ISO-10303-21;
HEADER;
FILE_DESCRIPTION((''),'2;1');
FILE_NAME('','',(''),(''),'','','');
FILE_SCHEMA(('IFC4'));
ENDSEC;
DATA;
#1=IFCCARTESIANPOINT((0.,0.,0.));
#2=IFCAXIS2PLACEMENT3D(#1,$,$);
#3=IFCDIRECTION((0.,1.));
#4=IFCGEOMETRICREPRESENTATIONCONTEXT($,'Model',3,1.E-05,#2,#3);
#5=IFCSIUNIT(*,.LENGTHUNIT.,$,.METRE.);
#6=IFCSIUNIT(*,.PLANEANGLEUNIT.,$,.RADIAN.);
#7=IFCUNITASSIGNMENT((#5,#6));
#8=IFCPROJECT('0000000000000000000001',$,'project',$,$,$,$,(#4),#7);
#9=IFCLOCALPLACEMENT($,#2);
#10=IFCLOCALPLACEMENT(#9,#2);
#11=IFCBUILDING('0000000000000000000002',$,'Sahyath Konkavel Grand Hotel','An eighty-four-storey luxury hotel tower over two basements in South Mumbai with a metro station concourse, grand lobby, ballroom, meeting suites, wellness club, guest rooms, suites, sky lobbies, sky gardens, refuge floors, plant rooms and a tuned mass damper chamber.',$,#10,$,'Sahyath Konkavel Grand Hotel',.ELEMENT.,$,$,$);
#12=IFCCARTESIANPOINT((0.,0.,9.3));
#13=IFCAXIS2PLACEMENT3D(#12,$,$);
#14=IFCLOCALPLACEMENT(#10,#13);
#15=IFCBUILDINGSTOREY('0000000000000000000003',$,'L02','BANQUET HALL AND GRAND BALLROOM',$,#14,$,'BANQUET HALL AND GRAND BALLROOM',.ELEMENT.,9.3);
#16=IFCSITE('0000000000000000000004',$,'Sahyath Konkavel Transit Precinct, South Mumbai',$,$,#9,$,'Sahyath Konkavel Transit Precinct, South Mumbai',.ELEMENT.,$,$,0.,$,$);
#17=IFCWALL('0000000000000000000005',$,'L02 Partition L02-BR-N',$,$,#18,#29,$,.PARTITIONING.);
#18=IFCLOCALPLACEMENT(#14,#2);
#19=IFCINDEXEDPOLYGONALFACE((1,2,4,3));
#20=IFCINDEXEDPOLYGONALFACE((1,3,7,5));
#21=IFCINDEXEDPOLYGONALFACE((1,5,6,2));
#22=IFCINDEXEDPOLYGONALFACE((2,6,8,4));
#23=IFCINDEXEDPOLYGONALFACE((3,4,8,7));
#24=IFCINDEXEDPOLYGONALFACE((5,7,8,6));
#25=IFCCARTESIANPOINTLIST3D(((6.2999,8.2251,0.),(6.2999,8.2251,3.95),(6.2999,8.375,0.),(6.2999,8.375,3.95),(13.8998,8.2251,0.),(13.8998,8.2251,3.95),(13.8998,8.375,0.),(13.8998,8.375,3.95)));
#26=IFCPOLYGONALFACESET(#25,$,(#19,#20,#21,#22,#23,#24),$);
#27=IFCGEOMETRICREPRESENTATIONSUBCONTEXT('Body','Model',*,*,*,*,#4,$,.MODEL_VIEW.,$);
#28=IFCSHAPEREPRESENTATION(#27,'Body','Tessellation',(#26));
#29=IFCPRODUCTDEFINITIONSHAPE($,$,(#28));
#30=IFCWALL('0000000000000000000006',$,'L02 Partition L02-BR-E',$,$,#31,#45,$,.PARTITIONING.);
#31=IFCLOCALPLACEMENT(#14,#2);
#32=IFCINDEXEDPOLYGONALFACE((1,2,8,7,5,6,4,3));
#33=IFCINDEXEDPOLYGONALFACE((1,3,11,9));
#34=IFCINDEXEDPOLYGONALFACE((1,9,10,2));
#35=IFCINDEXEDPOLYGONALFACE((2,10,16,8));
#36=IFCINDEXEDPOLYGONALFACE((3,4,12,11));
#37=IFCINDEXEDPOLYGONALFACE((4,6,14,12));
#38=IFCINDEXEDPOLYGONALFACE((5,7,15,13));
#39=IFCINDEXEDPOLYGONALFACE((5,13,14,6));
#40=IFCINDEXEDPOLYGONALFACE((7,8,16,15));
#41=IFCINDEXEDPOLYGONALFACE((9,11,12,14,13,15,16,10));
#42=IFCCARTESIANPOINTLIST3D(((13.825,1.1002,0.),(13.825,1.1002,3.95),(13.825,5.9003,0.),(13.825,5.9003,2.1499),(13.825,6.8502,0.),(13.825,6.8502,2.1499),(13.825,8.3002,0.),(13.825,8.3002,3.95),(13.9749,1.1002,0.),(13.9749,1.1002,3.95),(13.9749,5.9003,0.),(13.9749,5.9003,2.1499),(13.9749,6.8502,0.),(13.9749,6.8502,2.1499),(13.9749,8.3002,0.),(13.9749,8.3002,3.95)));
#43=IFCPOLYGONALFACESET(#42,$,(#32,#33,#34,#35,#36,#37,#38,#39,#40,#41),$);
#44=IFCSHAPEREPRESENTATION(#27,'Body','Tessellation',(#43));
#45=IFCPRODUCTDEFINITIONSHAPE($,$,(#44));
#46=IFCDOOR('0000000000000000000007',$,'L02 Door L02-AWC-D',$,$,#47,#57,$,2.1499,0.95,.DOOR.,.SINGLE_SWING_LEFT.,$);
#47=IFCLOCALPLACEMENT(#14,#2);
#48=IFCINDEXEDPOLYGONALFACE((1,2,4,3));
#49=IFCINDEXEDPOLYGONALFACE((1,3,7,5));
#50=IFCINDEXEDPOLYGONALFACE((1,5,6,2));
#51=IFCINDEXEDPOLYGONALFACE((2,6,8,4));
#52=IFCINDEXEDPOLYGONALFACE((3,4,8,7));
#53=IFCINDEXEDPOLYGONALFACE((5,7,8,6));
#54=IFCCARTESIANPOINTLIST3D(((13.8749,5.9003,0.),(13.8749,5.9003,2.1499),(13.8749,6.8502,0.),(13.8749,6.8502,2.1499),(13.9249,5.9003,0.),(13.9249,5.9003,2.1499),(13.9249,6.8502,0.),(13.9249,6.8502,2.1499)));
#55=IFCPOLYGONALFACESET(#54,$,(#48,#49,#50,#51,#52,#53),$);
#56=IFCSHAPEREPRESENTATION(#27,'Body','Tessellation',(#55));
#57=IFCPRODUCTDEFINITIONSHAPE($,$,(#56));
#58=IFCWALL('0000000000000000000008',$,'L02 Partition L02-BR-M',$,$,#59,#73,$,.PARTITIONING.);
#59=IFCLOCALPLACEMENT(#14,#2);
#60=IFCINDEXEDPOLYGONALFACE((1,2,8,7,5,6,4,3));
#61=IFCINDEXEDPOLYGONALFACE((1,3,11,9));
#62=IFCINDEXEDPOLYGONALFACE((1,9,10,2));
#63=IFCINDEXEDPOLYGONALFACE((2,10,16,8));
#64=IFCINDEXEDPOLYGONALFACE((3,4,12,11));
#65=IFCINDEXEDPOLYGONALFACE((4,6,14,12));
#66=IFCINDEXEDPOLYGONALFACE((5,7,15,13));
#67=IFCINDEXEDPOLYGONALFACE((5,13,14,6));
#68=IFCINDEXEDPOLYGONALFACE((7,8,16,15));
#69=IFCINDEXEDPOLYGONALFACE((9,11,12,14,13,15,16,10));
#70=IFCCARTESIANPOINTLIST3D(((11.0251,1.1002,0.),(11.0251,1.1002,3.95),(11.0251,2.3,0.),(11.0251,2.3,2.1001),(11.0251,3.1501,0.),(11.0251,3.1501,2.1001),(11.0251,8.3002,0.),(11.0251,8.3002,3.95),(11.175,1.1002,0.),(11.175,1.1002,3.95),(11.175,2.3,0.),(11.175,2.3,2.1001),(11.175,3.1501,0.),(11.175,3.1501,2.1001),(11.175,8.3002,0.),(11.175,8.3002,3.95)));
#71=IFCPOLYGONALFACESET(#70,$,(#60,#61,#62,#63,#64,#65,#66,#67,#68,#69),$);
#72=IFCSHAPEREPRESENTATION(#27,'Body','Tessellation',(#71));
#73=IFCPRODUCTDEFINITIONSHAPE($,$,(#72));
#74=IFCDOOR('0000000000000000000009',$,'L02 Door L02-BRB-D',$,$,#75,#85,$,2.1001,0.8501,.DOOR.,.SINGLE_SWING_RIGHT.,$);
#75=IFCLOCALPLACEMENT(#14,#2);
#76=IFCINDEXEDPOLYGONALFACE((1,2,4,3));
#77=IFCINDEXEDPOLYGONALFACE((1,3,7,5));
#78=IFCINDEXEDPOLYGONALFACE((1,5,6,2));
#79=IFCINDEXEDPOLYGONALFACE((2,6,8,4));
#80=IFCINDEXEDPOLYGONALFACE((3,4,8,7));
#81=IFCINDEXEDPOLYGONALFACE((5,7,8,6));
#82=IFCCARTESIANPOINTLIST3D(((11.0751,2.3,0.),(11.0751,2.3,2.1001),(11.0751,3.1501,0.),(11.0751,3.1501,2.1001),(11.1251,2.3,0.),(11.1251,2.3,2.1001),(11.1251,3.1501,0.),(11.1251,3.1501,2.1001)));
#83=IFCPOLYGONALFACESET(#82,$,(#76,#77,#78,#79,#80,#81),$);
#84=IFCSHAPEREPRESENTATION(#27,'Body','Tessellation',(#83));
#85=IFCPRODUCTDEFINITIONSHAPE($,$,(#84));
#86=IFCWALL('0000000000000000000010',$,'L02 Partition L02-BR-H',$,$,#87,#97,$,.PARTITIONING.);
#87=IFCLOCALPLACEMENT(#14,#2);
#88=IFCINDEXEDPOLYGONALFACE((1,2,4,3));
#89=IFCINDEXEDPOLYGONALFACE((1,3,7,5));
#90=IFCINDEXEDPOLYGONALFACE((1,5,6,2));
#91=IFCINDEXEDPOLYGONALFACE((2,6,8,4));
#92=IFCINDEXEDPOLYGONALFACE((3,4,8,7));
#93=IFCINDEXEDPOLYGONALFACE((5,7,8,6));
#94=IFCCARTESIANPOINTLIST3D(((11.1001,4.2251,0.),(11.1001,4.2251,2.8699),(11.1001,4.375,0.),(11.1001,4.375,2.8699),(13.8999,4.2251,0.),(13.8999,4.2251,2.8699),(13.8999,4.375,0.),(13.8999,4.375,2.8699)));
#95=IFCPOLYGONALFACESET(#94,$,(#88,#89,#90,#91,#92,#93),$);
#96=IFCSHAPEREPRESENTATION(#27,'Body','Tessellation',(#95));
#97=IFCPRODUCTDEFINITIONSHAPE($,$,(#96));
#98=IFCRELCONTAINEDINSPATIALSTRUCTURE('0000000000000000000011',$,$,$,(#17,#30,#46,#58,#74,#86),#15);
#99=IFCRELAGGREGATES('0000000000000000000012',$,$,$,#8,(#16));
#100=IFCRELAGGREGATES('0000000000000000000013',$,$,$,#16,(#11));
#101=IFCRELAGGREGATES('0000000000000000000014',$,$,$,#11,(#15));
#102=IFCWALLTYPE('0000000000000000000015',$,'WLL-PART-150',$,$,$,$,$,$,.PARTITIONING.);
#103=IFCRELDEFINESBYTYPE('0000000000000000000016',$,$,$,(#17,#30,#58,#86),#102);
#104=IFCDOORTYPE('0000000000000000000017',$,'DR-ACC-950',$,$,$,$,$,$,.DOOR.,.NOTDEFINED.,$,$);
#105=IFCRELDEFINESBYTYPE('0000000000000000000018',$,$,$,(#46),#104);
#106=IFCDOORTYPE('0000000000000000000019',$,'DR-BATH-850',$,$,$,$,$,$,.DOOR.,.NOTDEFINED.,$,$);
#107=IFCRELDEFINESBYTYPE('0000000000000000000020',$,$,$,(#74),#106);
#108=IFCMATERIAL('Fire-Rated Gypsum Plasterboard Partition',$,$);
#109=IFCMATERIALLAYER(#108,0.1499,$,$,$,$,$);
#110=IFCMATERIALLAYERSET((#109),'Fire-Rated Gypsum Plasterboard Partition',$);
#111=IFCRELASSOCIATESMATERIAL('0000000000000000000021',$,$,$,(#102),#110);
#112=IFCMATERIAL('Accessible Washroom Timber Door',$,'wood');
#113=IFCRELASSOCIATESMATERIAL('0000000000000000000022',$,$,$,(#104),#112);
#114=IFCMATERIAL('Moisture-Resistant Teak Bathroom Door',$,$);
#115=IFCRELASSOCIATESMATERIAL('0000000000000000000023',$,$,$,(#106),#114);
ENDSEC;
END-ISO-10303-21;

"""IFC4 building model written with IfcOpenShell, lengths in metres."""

from ifc_helpers import new_model, si_unit, direction, frame, frame_2d, origin, origin_2d, place, context, subcontext, project, spatial, rectangle, extrude, source, transform, mapped, material, layer, layer_set, type_object, element, fill, save


model = new_model("IFC4")

# Units and contexts
model_context = context("Model", 3, precision=1e-05, world=origin(), true_north=direction((0.0, 1.0)))
body_context = subcontext(model_context, "Body", "Model", "MODEL_VIEW")
ifc_project = project(units=[si_unit("LENGTHUNIT", "METRE"), si_unit("PLANEANGLEUNIT", "RADIAN")], contexts=[model_context])

# Site, building, storey
site_placement = place(None, origin())
site = spatial("IfcSite", under=ifc_project, at=site_placement, Name="Sahyath Konkavel Transit Precinct, South Mumbai", LongName="Sahyath Konkavel Transit Precinct, South Mumbai", CompositionType="ELEMENT", RefElevation=0.0)
building_placement = place(site_placement, origin())
building = spatial("IfcBuilding", under=site, at=building_placement, Name="Sahyath Konkavel Grand Hotel", Description="An eighty-four-storey luxury hotel tower over two basements in South Mumbai with a metro station concourse, grand lobby, ballroom, meeting suites, wellness club, guest rooms, suites, sky lobbies, sky gardens, refuge floors, plant rooms and a tuned mass damper chamber.", LongName="Sahyath Konkavel Grand Hotel", CompositionType="ELEMENT")
storey_placement = place(building_placement, frame((0.0, 0.0, 9.3)))
storey = spatial("IfcBuildingStorey", under=building, at=storey_placement, Name="L02", Description="BANQUET HALL AND GRAND BALLROOM", LongName="BANQUET HALL AND GRAND BALLROOM", CompositionType="ELEMENT", Elevation=9.3)

# Wall
ifc_material_1 = material(Name="Fire-Rated Gypsum Plasterboard Partition")
ifc_layer_1 = layer(ifc_material_1, 0.1499)
ifc_layer_set_1 = layer_set([ifc_layer_1], Name="Fire-Rated Gypsum Plasterboard Partition")
wall_type_1 = type_object("IfcWallType", Name="WLL-PART-150", PredefinedType="PARTITIONING", material=ifc_layer_set_1)
wall_1_placement = place(storey_placement, frame((6.3, 8.3, 0.0), z_axis=(0.0, 0.0, 1.0), x_axis=(1.0, 0.0, 0.0)))
element("IfcWall", 1, at=wall_1_placement, inside=storey, type_object=wall_type_1, Name="L02 Partition L02-BR-N", PredefinedType="PARTITIONING", context=body_context, shape_type="SweptSolid", body=[
    extrude(rectangle(XDim=7.5999, YDim=0.1499, at=frame_2d((3.7998, 0.0))), origin(), (0.0, 0.0, 1.0), 3.95),
])

# Walls, openings, doors
wall_2_placement = place(storey_placement, frame((13.8999, 1.1001, 0.0), z_axis=(0.0, 0.0, 1.0), x_axis=(0.0, 1.0, 0.0)))
wall_2 = element("IfcWall", 2, at=wall_2_placement, inside=storey, type_object=wall_type_1, Name="L02 Partition L02-BR-E", PredefinedType="PARTITIONING", context=body_context, shape_type="SweptSolid", body=[
    extrude(rectangle(XDim=7.2, YDim=0.1499, at=frame_2d((3.6001, 0.0))), origin(), (0.0, 0.0, 1.0), 3.95),
])
opening_1_placement = place(wall_2_placement, frame((4.8, 0.0, 0.0)))
opening_1 = element("IfcOpeningElement", 3, at=opening_1_placement, cuts=wall_2, PredefinedType="OPENING", context=body_context, shape_type="SweptSolid", body=[
    extrude(rectangle(XDim=0.95, YDim=2.1499, at=frame_2d((0.4751, 1.075))), frame((0.0, 0.085, 0.0), z_axis=(0.0, -1.0, 0.0), x_axis=(1.0, 0.0, 0.0)), (0.0, 0.0, 1.0), 0.1699),
])
ifc_material_2 = material(Name="Accessible Washroom Timber Door", Category="wood")
door_type_1 = type_object("IfcDoorType", Name="DR-ACC-950", OperationType="NOTDEFINED", PredefinedType="DOOR", material=ifc_material_2)
shared_shape_1 = source(origin(), body_context, "Body", "SweptSolid", [
    extrude(rectangle(XDim=0.95, YDim=0.05, at=origin_2d()), origin(), (0.0, 0.0, 1.0), 2.1499),
])
door_1_placement = place(opening_1_placement, frame((0.4751, 0.0, 0.0)))
door_1 = element("IfcDoor", 4, at=door_1_placement, inside=storey, type_object=door_type_1, Name="L02 Door L02-AWC-D", OperationType="SINGLE_SWING_LEFT", OverallHeight=2.1499, OverallWidth=0.95, PredefinedType="DOOR", context=body_context, shape_type="MappedRepresentation", body=[
    mapped(shared_shape_1, transform((0.0, 0.0, 0.0), scale=1.0)),
])
fill(opening_1, door_1)
wall_3_placement = place(storey_placement, frame((11.1001, 1.1001, 0.0), z_axis=(0.0, 0.0, 1.0), x_axis=(0.0, 1.0, 0.0)))
wall_3 = element("IfcWall", 5, at=wall_3_placement, inside=storey, type_object=wall_type_1, Name="L02 Partition L02-BR-M", PredefinedType="PARTITIONING", context=body_context, shape_type="SweptSolid", body=[
    extrude(rectangle(XDim=7.2, YDim=0.1499, at=frame_2d((3.6001, 0.0))), origin(), (0.0, 0.0, 1.0), 3.95),
])
opening_2_placement = place(wall_3_placement, frame((1.2, 0.0, 0.0)))
opening_2 = element("IfcOpeningElement", 6, at=opening_2_placement, cuts=wall_3, PredefinedType="OPENING", context=body_context, shape_type="SweptSolid", body=[
    extrude(rectangle(XDim=0.8501, YDim=2.1001, at=frame_2d((0.425, 1.05))), frame((0.0, 0.085, 0.0), z_axis=(0.0, -1.0, 0.0), x_axis=(1.0, 0.0, 0.0)), (0.0, 0.0, 1.0), 0.1699),
])
ifc_material_3 = material(Name="Moisture-Resistant Teak Bathroom Door")
door_type_2 = type_object("IfcDoorType", Name="DR-BATH-850", OperationType="NOTDEFINED", PredefinedType="DOOR", material=ifc_material_3)
shared_shape_2 = source(origin(), body_context, "Body", "SweptSolid", [
    extrude(rectangle(XDim=0.8501, YDim=0.05, at=origin_2d()), origin(), (0.0, 0.0, 1.0), 2.1001),
])
door_2_placement = place(opening_2_placement, frame((0.425, 0.0, 0.0)))
door_2 = element("IfcDoor", 7, at=door_2_placement, inside=storey, type_object=door_type_2, Name="L02 Door L02-BRB-D", OperationType="SINGLE_SWING_RIGHT", OverallHeight=2.1001, OverallWidth=0.8501, PredefinedType="DOOR", context=body_context, shape_type="MappedRepresentation", body=[
    mapped(shared_shape_2, transform((0.0, 0.0, 0.0), scale=1.0)),
])
fill(opening_2, door_2)

# Wall
wall_4_placement = place(storey_placement, frame((11.1001, 4.3, 0.0), z_axis=(0.0, 0.0, 1.0), x_axis=(1.0, 0.0, 0.0)))
element("IfcWall", 8, at=wall_4_placement, inside=storey, type_object=wall_type_1, Name="L02 Partition L02-BR-H", PredefinedType="PARTITIONING", context=body_context, shape_type="SweptSolid", body=[
    extrude(rectangle(XDim=2.7998, YDim=0.1499, at=frame_2d((1.3999, 0.0))), origin(), (0.0, 0.0, 1.0), 2.8699),
])

save(model, "model.ifc")
